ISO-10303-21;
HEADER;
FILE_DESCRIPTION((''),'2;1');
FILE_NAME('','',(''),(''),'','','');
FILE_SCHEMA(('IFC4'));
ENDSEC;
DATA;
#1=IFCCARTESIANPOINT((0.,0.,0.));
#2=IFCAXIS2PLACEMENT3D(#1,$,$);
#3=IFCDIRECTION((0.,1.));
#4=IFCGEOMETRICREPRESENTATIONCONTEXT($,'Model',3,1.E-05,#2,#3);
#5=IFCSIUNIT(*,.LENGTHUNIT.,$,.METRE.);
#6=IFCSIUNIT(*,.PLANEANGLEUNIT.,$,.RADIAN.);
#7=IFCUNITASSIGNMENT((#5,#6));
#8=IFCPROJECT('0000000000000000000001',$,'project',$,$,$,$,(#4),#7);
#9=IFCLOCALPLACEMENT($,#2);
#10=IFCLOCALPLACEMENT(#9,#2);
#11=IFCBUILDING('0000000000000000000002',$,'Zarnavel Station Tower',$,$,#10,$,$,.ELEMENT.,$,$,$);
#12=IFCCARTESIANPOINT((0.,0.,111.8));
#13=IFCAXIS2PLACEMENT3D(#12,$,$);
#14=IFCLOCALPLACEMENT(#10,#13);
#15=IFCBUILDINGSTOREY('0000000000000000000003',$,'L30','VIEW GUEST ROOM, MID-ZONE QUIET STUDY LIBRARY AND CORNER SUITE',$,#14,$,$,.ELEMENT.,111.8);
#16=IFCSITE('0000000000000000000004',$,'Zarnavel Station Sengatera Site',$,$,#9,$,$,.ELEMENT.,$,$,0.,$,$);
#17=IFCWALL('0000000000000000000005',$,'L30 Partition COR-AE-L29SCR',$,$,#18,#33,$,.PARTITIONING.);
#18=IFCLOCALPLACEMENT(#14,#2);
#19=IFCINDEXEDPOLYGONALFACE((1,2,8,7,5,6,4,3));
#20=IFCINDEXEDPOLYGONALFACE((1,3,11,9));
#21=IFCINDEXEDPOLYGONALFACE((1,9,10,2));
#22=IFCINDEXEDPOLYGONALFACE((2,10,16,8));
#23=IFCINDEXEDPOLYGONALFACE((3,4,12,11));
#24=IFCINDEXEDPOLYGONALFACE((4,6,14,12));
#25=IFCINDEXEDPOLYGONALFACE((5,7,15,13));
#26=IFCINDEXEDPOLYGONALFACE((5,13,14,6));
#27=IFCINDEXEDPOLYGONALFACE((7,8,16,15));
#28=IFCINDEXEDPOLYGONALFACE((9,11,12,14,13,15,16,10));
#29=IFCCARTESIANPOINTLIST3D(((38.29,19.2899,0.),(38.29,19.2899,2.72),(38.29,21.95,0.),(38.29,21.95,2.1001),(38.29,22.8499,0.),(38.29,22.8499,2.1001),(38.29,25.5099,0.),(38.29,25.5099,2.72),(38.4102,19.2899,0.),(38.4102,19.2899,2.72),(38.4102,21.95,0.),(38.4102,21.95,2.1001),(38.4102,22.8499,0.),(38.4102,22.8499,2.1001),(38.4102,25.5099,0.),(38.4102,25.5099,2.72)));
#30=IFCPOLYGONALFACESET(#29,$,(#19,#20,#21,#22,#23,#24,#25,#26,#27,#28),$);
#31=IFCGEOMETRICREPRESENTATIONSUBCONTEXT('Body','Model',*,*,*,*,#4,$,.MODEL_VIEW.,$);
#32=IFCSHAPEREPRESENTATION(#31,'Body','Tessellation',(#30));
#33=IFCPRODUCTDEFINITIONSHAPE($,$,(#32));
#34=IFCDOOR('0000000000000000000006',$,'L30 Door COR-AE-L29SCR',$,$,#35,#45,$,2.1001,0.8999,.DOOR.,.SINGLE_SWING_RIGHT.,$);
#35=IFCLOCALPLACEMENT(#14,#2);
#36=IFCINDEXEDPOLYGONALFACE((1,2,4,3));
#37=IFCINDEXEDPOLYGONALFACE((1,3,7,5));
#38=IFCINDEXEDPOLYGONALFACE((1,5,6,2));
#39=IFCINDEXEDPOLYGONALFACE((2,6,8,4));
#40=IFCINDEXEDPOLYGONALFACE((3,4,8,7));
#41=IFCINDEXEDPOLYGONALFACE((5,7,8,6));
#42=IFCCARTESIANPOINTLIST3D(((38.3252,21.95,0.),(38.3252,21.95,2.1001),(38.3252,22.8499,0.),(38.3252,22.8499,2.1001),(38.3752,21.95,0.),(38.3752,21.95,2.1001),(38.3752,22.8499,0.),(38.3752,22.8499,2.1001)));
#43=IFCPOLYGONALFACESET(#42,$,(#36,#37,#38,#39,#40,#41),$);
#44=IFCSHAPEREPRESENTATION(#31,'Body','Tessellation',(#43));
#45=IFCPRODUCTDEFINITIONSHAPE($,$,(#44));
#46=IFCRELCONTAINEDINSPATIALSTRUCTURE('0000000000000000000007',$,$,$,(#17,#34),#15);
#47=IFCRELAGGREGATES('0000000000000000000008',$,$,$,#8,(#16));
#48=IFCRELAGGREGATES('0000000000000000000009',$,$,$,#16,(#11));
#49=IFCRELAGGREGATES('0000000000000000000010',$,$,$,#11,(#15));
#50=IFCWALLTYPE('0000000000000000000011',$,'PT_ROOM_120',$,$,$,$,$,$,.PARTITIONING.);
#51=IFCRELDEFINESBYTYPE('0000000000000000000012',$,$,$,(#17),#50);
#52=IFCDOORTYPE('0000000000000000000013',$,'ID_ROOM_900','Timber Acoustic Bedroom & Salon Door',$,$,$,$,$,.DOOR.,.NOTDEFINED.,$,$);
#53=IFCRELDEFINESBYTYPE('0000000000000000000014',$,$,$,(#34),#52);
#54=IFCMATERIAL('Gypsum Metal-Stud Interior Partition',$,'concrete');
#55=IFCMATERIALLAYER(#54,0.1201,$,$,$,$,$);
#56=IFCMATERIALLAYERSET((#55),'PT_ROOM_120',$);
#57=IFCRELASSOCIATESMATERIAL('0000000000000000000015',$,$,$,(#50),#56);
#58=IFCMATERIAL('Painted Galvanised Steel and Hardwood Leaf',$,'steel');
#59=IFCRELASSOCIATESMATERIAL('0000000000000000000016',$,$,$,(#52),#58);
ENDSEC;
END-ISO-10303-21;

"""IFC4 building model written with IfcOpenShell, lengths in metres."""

from ifc_helpers import new_model, si_unit, direction, frame, frame_2d, origin, place, context, subcontext, project, spatial, rectangle, extrude, material, layer, layer_set, type_object, element, fill, save


model = new_model("IFC4")

# Units and contexts
model_context = context("Model", 3, precision=1e-05, world=origin(), true_north=direction((0.0, 1.0)))
body_context = subcontext(model_context, "Body", "Model", "MODEL_VIEW")
ifc_project = project(units=[si_unit("LENGTHUNIT", "METRE"), si_unit("PLANEANGLEUNIT", "RADIAN")], contexts=[model_context])

# Site, building, storey
site_placement = place(None, origin())
site = spatial("IfcSite", under=ifc_project, at=site_placement, Name="Zarnavel Station Sengatera Site", CompositionType="ELEMENT", RefElevation=0.0)
building_placement = place(site_placement, origin())
building = spatial("IfcBuilding", under=site, at=building_placement, Name="Zarnavel Station Tower", CompositionType="ELEMENT")
storey_placement = place(building_placement, frame((0.0, 0.0, 111.8)))
storey = spatial("IfcBuildingStorey", under=building, at=storey_placement, Name="L30", Description="VIEW GUEST ROOM, MID-ZONE QUIET STUDY LIBRARY AND CORNER SUITE", CompositionType="ELEMENT", Elevation=111.8)

# Wall, opening, door
ifc_material_1 = material(Name="Gypsum Metal-Stud Interior Partition", Category="concrete")
ifc_layer_1 = layer(ifc_material_1, 0.1201)
ifc_layer_set_1 = layer_set([ifc_layer_1], Name="PT_ROOM_120")
wall_type_1 = type_object("IfcWallType", Name="PT_ROOM_120", PredefinedType="PARTITIONING", material=ifc_layer_set_1)
wall_1_placement = place(storey_placement, frame((38.3501, 19.29, 0.0), z_axis=(0.0, 0.0, 1.0), x_axis=(0.0, 1.0, 0.0)))
wall_1 = element("IfcWall", 1, at=wall_1_placement, inside=storey, type_object=wall_type_1, Name="L30 Partition COR-AE-L29SCR", PredefinedType="PARTITIONING", context=body_context, shape_type="SweptSolid", body=[
    extrude(rectangle(XDim=6.22, YDim=0.1201, at=frame_2d((3.1099, 0.0))), origin(), (0.0, 0.0, 1.0), 2.72),
])
opening_placement = place(wall_1_placement, frame((2.6599, 0.0, 0.0)))
opening = element("IfcOpeningElement", 2, at=opening_placement, cuts=wall_1, PredefinedType="OPENING", context=body_context, shape_type="SweptSolid", body=[
    extrude(rectangle(XDim=0.8999, YDim=2.1001, at=frame_2d((0.45, 1.05))), frame((0.0, 0.0701, 0.0), z_axis=(0.0, -1.0, 0.0), x_axis=(1.0, 0.0, 0.0)), (0.0, 0.0, 1.0), 0.1401),
])
ifc_material_2 = material(Name="Painted Galvanised Steel and Hardwood Leaf", Category="steel")
door_type = type_object("IfcDoorType", Name="ID_ROOM_900", Description="Timber Acoustic Bedroom & Salon Door", OperationType="NOTDEFINED", PredefinedType="DOOR", material=ifc_material_2)
door_placement = place(opening_placement, origin())
door = element("IfcDoor", 3, at=door_placement, inside=storey, type_object=door_type, Name="L30 Door COR-AE-L29SCR", OperationType="SINGLE_SWING_RIGHT", OverallHeight=2.1001, OverallWidth=0.8999, PredefinedType="DOOR", context=body_context, shape_type="SweptSolid", body=[
    extrude(rectangle(XDim=0.8999, YDim=2.1001, at=frame_2d((0.45, 1.05))), frame((0.0, 0.0249, 0.0), z_axis=(0.0, -1.0, 0.0), x_axis=(1.0, 0.0, 0.0)), (0.0, 0.0, 1.0), 0.05),
])
fill(opening, door)

save(model, "model.ifc")
